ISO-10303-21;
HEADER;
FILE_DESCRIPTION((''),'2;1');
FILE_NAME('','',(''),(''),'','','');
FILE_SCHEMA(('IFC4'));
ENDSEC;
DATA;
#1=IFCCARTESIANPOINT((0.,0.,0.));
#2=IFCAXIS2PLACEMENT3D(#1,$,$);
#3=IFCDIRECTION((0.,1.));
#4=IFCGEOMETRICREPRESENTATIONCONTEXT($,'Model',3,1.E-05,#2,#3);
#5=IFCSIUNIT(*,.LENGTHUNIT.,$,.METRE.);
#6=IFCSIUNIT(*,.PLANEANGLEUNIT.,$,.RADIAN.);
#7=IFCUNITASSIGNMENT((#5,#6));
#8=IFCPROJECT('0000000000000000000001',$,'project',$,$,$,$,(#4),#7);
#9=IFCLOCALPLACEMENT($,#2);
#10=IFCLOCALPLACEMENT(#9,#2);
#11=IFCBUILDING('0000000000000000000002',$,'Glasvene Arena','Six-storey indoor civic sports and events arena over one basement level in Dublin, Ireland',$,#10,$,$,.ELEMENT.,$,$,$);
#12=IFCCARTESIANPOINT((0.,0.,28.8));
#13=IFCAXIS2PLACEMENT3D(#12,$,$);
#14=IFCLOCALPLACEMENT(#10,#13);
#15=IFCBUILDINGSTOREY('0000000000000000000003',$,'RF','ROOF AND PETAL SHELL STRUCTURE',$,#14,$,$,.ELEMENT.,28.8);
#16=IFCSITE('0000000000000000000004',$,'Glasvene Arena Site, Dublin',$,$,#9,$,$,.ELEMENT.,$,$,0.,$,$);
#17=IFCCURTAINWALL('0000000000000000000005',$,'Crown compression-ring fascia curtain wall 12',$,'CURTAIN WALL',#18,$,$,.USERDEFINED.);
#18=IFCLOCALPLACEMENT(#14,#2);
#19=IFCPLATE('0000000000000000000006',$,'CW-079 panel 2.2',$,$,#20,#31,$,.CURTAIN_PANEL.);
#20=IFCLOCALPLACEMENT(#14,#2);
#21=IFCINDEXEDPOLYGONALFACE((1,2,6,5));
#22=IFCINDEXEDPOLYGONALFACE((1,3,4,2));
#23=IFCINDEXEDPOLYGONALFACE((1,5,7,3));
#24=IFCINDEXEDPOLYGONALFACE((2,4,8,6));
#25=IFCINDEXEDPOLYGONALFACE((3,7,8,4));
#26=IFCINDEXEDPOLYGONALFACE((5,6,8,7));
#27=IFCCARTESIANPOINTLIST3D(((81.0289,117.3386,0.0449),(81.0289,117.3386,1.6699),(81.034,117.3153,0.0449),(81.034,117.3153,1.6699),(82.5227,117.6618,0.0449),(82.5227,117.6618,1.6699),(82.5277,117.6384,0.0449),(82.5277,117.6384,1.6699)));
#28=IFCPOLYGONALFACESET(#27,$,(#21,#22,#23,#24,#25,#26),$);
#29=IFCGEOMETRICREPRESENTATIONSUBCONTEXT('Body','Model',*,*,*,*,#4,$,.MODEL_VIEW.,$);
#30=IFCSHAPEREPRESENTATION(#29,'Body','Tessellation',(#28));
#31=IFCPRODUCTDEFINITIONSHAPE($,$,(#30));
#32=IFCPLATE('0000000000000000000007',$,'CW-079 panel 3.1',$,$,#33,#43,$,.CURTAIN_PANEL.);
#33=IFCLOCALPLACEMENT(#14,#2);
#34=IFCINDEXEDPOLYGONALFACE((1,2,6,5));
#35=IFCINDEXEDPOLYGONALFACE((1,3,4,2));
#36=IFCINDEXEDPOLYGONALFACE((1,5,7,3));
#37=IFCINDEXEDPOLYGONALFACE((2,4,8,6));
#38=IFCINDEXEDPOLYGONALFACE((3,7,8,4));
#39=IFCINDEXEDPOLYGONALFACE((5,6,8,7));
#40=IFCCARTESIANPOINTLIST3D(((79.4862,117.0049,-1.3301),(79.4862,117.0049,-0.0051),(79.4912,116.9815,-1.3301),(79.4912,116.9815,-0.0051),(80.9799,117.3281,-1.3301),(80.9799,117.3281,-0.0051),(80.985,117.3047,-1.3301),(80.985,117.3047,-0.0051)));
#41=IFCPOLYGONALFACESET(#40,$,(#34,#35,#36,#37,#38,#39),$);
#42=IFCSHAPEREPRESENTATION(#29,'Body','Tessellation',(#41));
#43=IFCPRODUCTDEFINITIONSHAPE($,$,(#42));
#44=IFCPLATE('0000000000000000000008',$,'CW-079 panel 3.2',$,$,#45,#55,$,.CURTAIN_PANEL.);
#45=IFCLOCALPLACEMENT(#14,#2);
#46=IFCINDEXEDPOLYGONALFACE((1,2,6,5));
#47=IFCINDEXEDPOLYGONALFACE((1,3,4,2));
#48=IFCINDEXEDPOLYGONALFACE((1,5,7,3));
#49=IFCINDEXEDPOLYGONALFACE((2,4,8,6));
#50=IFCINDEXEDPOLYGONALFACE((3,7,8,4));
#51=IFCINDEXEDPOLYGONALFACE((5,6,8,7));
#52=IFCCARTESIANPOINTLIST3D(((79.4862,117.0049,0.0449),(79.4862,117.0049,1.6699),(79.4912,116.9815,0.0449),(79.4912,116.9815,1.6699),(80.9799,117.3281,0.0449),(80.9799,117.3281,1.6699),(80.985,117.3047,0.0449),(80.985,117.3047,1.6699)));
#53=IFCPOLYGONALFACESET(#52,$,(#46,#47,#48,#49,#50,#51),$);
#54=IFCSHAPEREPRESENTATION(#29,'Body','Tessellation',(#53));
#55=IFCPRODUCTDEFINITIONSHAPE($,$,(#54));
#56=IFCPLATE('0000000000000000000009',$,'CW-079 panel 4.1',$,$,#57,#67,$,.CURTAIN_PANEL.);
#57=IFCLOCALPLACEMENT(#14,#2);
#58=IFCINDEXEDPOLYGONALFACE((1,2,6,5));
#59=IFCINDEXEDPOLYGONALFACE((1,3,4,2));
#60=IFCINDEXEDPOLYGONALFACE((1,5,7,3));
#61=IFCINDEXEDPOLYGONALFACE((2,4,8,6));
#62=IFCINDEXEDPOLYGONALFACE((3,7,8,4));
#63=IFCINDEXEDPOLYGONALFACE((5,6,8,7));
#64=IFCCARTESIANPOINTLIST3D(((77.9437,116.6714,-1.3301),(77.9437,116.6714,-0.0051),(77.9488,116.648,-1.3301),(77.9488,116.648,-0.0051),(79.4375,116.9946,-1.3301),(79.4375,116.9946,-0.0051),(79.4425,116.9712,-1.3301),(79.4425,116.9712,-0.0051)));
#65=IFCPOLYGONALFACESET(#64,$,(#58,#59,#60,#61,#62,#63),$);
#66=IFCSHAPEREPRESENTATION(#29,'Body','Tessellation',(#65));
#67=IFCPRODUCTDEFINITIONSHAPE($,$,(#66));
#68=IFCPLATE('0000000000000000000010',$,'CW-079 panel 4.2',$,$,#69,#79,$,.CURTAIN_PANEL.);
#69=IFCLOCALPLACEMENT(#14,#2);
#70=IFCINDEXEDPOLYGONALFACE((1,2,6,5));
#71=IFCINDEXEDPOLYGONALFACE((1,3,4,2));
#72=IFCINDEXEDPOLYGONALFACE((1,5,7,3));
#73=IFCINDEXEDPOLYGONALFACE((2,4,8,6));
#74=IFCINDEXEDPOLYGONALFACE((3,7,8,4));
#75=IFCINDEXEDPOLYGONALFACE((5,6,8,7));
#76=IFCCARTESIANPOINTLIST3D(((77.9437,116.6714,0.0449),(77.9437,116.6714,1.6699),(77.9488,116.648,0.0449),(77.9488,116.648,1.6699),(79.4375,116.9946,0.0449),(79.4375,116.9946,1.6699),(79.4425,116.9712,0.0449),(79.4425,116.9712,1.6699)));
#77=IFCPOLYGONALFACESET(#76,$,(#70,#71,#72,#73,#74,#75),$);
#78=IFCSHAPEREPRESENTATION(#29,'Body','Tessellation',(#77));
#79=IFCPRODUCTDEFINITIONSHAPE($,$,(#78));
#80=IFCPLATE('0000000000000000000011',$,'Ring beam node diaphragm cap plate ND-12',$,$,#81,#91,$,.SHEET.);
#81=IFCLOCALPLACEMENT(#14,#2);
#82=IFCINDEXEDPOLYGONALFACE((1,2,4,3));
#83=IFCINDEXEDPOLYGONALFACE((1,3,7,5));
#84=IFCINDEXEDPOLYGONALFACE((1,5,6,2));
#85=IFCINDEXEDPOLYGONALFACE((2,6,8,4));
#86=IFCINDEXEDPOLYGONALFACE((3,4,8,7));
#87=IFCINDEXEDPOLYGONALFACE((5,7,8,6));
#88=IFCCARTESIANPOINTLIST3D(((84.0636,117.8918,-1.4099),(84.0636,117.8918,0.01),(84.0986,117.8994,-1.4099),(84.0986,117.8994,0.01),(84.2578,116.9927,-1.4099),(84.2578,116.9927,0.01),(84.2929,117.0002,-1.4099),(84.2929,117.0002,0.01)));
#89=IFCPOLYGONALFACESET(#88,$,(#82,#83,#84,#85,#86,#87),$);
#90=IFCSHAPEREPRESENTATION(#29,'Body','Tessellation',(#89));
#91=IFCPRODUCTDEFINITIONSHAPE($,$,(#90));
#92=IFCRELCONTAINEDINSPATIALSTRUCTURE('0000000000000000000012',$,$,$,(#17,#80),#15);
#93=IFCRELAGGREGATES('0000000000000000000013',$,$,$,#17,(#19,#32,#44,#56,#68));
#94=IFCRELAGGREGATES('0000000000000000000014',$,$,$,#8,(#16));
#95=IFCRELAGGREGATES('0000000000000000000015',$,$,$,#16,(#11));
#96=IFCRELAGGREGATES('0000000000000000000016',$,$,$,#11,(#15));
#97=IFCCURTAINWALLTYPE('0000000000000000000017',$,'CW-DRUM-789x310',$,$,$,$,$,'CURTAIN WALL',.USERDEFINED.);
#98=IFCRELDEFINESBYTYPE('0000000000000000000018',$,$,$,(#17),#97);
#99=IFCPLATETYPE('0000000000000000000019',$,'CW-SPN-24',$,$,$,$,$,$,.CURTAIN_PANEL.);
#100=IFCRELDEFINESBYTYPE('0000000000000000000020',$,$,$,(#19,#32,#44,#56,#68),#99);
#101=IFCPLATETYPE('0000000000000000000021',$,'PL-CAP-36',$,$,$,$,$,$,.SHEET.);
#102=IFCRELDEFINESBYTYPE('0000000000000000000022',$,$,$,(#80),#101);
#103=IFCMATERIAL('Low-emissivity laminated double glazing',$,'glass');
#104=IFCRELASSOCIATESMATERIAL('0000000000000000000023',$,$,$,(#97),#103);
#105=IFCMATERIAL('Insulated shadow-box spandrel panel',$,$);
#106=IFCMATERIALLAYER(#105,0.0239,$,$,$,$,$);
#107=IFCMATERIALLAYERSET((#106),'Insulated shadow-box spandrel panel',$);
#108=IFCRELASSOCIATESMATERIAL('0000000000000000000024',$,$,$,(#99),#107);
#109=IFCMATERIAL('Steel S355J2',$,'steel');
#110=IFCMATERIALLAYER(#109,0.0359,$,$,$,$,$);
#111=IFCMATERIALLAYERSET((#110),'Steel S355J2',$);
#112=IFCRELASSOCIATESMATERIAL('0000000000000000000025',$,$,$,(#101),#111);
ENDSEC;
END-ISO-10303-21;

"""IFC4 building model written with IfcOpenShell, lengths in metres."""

from ifc_helpers import new_model, si_unit, direction, frame, origin, origin_2d, place, context, subcontext, project, spatial, rectangle, extrude, material, layer, layer_set, type_object, element, aggregate, save


model = new_model("IFC4")

# Units and contexts
model_context = context("Model", 3, precision=1e-05, world=origin(), true_north=direction((0.0, 1.0)))
body_context = subcontext(model_context, "Body", "Model", "MODEL_VIEW")
ifc_project = project(units=[si_unit("LENGTHUNIT", "METRE"), si_unit("PLANEANGLEUNIT", "RADIAN")], contexts=[model_context])

# Site, building, storey
site_placement = place(None, origin())
site = spatial("IfcSite", under=ifc_project, at=site_placement, Name="Glasvene Arena Site, Dublin", CompositionType="ELEMENT", RefElevation=0.0)
building_placement = place(site_placement, origin())
building = spatial("IfcBuilding", under=site, at=building_placement, Name="Glasvene Arena", Description="Six-storey indoor civic sports and events arena over one basement level in Dublin, Ireland", CompositionType="ELEMENT")
storey_placement = place(building_placement, frame((0.0, 0.0, 28.8)))
storey = spatial("IfcBuildingStorey", under=building, at=storey_placement, Name="RF", Description="ROOF AND PETAL SHELL STRUCTURE", CompositionType="ELEMENT", Elevation=28.8)

# Shared definitions
ifc_material_1 = material(Name="Steel S355J2", Category="steel")

# Shared definitions
ifc_material_2 = material(Name="Low-emissivity laminated double glazing", Category="glass")

# Curtain wall
curtain_wall_type_1 = type_object("IfcCurtainWallType", Name="CW-DRUM-789x310", ElementType="CURTAIN WALL", PredefinedType="USERDEFINED", material=ifc_material_2)
curtain_wall_1_placement = place(storey_placement, frame((84.0923, 117.9893, 0.0)))
curtain_wall_1 = element("IfcCurtainWall", 1, at=curtain_wall_1_placement, inside=storey, type_object=curtain_wall_type_1, Name="Crown compression-ring fascia curtain wall 12", ObjectType="CURTAIN WALL", PredefinedType="USERDEFINED")

# Plates
ifc_material_3 = material(Name="Insulated shadow-box spandrel panel")
ifc_layer_1 = layer(ifc_material_3, 0.0239)
ifc_layer_set_1 = layer_set([ifc_layer_1], Name="Insulated shadow-box spandrel panel")
plate_type_1 = type_object("IfcPlateType", Name="CW-SPN-24", PredefinedType="CURTAIN_PANEL", material=ifc_layer_set_1)
plate_1_placement = place(storey_placement, frame((81.7783, 117.4885, 0.0449), z_axis=(0.0, 0.0, 1.0), x_axis=(-0.97739, -0.211445, 0.0)))
plate_1 = element("IfcPlate", 2, at=plate_1_placement, type_object=plate_type_1, Name="CW-079 panel 2.2", PredefinedType="CURTAIN_PANEL", context=body_context, shape_type="SweptSolid", body=[
    extrude(rectangle(XDim=1.5283, YDim=0.0239, at=origin_2d()), origin(), (0.0, 0.0, 1.0), 1.625),
])
plate_2_placement = place(storey_placement, frame((80.2356, 117.1548, -1.3301), z_axis=(0.0, 0.0, 1.0), x_axis=(-0.97739, -0.211445, 0.0)))
plate_2 = element("IfcPlate", 3, at=plate_2_placement, type_object=plate_type_1, Name="CW-079 panel 3.1", PredefinedType="CURTAIN_PANEL", context=body_context, shape_type="SweptSolid", body=[
    extrude(rectangle(XDim=1.5283, YDim=0.0239, at=origin_2d()), origin(), (0.0, 0.0, 1.0), 1.325),
])
plate_3_placement = place(storey_placement, frame((80.2356, 117.1548, 0.0449), z_axis=(0.0, 0.0, 1.0), x_axis=(-0.97739, -0.211445, 0.0)))
plate_3 = element("IfcPlate", 4, at=plate_3_placement, type_object=plate_type_1, Name="CW-079 panel 3.2", PredefinedType="CURTAIN_PANEL", context=body_context, shape_type="SweptSolid", body=[
    extrude(rectangle(XDim=1.5283, YDim=0.0239, at=origin_2d()), origin(), (0.0, 0.0, 1.0), 1.625),
])
plate_4_placement = place(storey_placement, frame((78.6931, 116.8213, -1.3301), z_axis=(0.0, 0.0, 1.0), x_axis=(-0.97739, -0.211445, 0.0)))
plate_4 = element("IfcPlate", 5, at=plate_4_placement, type_object=plate_type_1, Name="CW-079 panel 4.1", PredefinedType="CURTAIN_PANEL", context=body_context, shape_type="SweptSolid", body=[
    extrude(rectangle(XDim=1.5283, YDim=0.0239, at=origin_2d()), origin(), (0.0, 0.0, 1.0), 1.325),
])
plate_5_placement = place(storey_placement, frame((78.6931, 116.8213, 0.0449), z_axis=(0.0, 0.0, 1.0), x_axis=(-0.97739, -0.211445, 0.0)))
plate_5 = element("IfcPlate", 6, at=plate_5_placement, type_object=plate_type_1, Name="CW-079 panel 4.2", PredefinedType="CURTAIN_PANEL", context=body_context, shape_type="SweptSolid", body=[
    extrude(rectangle(XDim=1.5283, YDim=0.0239, at=origin_2d()), origin(), (0.0, 0.0, 1.0), 1.625),
])
aggregate(curtain_wall_1, [plate_1, plate_2, plate_3, plate_4, plate_5])
ifc_layer_2 = layer(ifc_material_1, 0.0359)
ifc_layer_set_2 = layer_set([ifc_layer_2], Name="Steel S355J2")
plate_type_2 = type_object("IfcPlateType", Name="PL-CAP-36", PredefinedType="SHEET", material=ifc_layer_set_2)
plate_6_placement = place(storey_placement, frame((84.1782, 117.446, -1.4099), z_axis=(0.0, 0.0, 1.0), x_axis=(-0.977453, -0.211154, 0.0)))
element("IfcPlate", 7, at=plate_6_placement, inside=storey, type_object=plate_type_2, Name="Ring beam node diaphragm cap plate ND-12", PredefinedType="SHEET", context=body_context, shape_type="SweptSolid", body=[
    extrude(rectangle(XDim=0.0359, YDim=0.9199, at=origin_2d()), origin(), (0.0, 0.0, 1.0), 1.4199),
])

save(model, "model.ifc")
